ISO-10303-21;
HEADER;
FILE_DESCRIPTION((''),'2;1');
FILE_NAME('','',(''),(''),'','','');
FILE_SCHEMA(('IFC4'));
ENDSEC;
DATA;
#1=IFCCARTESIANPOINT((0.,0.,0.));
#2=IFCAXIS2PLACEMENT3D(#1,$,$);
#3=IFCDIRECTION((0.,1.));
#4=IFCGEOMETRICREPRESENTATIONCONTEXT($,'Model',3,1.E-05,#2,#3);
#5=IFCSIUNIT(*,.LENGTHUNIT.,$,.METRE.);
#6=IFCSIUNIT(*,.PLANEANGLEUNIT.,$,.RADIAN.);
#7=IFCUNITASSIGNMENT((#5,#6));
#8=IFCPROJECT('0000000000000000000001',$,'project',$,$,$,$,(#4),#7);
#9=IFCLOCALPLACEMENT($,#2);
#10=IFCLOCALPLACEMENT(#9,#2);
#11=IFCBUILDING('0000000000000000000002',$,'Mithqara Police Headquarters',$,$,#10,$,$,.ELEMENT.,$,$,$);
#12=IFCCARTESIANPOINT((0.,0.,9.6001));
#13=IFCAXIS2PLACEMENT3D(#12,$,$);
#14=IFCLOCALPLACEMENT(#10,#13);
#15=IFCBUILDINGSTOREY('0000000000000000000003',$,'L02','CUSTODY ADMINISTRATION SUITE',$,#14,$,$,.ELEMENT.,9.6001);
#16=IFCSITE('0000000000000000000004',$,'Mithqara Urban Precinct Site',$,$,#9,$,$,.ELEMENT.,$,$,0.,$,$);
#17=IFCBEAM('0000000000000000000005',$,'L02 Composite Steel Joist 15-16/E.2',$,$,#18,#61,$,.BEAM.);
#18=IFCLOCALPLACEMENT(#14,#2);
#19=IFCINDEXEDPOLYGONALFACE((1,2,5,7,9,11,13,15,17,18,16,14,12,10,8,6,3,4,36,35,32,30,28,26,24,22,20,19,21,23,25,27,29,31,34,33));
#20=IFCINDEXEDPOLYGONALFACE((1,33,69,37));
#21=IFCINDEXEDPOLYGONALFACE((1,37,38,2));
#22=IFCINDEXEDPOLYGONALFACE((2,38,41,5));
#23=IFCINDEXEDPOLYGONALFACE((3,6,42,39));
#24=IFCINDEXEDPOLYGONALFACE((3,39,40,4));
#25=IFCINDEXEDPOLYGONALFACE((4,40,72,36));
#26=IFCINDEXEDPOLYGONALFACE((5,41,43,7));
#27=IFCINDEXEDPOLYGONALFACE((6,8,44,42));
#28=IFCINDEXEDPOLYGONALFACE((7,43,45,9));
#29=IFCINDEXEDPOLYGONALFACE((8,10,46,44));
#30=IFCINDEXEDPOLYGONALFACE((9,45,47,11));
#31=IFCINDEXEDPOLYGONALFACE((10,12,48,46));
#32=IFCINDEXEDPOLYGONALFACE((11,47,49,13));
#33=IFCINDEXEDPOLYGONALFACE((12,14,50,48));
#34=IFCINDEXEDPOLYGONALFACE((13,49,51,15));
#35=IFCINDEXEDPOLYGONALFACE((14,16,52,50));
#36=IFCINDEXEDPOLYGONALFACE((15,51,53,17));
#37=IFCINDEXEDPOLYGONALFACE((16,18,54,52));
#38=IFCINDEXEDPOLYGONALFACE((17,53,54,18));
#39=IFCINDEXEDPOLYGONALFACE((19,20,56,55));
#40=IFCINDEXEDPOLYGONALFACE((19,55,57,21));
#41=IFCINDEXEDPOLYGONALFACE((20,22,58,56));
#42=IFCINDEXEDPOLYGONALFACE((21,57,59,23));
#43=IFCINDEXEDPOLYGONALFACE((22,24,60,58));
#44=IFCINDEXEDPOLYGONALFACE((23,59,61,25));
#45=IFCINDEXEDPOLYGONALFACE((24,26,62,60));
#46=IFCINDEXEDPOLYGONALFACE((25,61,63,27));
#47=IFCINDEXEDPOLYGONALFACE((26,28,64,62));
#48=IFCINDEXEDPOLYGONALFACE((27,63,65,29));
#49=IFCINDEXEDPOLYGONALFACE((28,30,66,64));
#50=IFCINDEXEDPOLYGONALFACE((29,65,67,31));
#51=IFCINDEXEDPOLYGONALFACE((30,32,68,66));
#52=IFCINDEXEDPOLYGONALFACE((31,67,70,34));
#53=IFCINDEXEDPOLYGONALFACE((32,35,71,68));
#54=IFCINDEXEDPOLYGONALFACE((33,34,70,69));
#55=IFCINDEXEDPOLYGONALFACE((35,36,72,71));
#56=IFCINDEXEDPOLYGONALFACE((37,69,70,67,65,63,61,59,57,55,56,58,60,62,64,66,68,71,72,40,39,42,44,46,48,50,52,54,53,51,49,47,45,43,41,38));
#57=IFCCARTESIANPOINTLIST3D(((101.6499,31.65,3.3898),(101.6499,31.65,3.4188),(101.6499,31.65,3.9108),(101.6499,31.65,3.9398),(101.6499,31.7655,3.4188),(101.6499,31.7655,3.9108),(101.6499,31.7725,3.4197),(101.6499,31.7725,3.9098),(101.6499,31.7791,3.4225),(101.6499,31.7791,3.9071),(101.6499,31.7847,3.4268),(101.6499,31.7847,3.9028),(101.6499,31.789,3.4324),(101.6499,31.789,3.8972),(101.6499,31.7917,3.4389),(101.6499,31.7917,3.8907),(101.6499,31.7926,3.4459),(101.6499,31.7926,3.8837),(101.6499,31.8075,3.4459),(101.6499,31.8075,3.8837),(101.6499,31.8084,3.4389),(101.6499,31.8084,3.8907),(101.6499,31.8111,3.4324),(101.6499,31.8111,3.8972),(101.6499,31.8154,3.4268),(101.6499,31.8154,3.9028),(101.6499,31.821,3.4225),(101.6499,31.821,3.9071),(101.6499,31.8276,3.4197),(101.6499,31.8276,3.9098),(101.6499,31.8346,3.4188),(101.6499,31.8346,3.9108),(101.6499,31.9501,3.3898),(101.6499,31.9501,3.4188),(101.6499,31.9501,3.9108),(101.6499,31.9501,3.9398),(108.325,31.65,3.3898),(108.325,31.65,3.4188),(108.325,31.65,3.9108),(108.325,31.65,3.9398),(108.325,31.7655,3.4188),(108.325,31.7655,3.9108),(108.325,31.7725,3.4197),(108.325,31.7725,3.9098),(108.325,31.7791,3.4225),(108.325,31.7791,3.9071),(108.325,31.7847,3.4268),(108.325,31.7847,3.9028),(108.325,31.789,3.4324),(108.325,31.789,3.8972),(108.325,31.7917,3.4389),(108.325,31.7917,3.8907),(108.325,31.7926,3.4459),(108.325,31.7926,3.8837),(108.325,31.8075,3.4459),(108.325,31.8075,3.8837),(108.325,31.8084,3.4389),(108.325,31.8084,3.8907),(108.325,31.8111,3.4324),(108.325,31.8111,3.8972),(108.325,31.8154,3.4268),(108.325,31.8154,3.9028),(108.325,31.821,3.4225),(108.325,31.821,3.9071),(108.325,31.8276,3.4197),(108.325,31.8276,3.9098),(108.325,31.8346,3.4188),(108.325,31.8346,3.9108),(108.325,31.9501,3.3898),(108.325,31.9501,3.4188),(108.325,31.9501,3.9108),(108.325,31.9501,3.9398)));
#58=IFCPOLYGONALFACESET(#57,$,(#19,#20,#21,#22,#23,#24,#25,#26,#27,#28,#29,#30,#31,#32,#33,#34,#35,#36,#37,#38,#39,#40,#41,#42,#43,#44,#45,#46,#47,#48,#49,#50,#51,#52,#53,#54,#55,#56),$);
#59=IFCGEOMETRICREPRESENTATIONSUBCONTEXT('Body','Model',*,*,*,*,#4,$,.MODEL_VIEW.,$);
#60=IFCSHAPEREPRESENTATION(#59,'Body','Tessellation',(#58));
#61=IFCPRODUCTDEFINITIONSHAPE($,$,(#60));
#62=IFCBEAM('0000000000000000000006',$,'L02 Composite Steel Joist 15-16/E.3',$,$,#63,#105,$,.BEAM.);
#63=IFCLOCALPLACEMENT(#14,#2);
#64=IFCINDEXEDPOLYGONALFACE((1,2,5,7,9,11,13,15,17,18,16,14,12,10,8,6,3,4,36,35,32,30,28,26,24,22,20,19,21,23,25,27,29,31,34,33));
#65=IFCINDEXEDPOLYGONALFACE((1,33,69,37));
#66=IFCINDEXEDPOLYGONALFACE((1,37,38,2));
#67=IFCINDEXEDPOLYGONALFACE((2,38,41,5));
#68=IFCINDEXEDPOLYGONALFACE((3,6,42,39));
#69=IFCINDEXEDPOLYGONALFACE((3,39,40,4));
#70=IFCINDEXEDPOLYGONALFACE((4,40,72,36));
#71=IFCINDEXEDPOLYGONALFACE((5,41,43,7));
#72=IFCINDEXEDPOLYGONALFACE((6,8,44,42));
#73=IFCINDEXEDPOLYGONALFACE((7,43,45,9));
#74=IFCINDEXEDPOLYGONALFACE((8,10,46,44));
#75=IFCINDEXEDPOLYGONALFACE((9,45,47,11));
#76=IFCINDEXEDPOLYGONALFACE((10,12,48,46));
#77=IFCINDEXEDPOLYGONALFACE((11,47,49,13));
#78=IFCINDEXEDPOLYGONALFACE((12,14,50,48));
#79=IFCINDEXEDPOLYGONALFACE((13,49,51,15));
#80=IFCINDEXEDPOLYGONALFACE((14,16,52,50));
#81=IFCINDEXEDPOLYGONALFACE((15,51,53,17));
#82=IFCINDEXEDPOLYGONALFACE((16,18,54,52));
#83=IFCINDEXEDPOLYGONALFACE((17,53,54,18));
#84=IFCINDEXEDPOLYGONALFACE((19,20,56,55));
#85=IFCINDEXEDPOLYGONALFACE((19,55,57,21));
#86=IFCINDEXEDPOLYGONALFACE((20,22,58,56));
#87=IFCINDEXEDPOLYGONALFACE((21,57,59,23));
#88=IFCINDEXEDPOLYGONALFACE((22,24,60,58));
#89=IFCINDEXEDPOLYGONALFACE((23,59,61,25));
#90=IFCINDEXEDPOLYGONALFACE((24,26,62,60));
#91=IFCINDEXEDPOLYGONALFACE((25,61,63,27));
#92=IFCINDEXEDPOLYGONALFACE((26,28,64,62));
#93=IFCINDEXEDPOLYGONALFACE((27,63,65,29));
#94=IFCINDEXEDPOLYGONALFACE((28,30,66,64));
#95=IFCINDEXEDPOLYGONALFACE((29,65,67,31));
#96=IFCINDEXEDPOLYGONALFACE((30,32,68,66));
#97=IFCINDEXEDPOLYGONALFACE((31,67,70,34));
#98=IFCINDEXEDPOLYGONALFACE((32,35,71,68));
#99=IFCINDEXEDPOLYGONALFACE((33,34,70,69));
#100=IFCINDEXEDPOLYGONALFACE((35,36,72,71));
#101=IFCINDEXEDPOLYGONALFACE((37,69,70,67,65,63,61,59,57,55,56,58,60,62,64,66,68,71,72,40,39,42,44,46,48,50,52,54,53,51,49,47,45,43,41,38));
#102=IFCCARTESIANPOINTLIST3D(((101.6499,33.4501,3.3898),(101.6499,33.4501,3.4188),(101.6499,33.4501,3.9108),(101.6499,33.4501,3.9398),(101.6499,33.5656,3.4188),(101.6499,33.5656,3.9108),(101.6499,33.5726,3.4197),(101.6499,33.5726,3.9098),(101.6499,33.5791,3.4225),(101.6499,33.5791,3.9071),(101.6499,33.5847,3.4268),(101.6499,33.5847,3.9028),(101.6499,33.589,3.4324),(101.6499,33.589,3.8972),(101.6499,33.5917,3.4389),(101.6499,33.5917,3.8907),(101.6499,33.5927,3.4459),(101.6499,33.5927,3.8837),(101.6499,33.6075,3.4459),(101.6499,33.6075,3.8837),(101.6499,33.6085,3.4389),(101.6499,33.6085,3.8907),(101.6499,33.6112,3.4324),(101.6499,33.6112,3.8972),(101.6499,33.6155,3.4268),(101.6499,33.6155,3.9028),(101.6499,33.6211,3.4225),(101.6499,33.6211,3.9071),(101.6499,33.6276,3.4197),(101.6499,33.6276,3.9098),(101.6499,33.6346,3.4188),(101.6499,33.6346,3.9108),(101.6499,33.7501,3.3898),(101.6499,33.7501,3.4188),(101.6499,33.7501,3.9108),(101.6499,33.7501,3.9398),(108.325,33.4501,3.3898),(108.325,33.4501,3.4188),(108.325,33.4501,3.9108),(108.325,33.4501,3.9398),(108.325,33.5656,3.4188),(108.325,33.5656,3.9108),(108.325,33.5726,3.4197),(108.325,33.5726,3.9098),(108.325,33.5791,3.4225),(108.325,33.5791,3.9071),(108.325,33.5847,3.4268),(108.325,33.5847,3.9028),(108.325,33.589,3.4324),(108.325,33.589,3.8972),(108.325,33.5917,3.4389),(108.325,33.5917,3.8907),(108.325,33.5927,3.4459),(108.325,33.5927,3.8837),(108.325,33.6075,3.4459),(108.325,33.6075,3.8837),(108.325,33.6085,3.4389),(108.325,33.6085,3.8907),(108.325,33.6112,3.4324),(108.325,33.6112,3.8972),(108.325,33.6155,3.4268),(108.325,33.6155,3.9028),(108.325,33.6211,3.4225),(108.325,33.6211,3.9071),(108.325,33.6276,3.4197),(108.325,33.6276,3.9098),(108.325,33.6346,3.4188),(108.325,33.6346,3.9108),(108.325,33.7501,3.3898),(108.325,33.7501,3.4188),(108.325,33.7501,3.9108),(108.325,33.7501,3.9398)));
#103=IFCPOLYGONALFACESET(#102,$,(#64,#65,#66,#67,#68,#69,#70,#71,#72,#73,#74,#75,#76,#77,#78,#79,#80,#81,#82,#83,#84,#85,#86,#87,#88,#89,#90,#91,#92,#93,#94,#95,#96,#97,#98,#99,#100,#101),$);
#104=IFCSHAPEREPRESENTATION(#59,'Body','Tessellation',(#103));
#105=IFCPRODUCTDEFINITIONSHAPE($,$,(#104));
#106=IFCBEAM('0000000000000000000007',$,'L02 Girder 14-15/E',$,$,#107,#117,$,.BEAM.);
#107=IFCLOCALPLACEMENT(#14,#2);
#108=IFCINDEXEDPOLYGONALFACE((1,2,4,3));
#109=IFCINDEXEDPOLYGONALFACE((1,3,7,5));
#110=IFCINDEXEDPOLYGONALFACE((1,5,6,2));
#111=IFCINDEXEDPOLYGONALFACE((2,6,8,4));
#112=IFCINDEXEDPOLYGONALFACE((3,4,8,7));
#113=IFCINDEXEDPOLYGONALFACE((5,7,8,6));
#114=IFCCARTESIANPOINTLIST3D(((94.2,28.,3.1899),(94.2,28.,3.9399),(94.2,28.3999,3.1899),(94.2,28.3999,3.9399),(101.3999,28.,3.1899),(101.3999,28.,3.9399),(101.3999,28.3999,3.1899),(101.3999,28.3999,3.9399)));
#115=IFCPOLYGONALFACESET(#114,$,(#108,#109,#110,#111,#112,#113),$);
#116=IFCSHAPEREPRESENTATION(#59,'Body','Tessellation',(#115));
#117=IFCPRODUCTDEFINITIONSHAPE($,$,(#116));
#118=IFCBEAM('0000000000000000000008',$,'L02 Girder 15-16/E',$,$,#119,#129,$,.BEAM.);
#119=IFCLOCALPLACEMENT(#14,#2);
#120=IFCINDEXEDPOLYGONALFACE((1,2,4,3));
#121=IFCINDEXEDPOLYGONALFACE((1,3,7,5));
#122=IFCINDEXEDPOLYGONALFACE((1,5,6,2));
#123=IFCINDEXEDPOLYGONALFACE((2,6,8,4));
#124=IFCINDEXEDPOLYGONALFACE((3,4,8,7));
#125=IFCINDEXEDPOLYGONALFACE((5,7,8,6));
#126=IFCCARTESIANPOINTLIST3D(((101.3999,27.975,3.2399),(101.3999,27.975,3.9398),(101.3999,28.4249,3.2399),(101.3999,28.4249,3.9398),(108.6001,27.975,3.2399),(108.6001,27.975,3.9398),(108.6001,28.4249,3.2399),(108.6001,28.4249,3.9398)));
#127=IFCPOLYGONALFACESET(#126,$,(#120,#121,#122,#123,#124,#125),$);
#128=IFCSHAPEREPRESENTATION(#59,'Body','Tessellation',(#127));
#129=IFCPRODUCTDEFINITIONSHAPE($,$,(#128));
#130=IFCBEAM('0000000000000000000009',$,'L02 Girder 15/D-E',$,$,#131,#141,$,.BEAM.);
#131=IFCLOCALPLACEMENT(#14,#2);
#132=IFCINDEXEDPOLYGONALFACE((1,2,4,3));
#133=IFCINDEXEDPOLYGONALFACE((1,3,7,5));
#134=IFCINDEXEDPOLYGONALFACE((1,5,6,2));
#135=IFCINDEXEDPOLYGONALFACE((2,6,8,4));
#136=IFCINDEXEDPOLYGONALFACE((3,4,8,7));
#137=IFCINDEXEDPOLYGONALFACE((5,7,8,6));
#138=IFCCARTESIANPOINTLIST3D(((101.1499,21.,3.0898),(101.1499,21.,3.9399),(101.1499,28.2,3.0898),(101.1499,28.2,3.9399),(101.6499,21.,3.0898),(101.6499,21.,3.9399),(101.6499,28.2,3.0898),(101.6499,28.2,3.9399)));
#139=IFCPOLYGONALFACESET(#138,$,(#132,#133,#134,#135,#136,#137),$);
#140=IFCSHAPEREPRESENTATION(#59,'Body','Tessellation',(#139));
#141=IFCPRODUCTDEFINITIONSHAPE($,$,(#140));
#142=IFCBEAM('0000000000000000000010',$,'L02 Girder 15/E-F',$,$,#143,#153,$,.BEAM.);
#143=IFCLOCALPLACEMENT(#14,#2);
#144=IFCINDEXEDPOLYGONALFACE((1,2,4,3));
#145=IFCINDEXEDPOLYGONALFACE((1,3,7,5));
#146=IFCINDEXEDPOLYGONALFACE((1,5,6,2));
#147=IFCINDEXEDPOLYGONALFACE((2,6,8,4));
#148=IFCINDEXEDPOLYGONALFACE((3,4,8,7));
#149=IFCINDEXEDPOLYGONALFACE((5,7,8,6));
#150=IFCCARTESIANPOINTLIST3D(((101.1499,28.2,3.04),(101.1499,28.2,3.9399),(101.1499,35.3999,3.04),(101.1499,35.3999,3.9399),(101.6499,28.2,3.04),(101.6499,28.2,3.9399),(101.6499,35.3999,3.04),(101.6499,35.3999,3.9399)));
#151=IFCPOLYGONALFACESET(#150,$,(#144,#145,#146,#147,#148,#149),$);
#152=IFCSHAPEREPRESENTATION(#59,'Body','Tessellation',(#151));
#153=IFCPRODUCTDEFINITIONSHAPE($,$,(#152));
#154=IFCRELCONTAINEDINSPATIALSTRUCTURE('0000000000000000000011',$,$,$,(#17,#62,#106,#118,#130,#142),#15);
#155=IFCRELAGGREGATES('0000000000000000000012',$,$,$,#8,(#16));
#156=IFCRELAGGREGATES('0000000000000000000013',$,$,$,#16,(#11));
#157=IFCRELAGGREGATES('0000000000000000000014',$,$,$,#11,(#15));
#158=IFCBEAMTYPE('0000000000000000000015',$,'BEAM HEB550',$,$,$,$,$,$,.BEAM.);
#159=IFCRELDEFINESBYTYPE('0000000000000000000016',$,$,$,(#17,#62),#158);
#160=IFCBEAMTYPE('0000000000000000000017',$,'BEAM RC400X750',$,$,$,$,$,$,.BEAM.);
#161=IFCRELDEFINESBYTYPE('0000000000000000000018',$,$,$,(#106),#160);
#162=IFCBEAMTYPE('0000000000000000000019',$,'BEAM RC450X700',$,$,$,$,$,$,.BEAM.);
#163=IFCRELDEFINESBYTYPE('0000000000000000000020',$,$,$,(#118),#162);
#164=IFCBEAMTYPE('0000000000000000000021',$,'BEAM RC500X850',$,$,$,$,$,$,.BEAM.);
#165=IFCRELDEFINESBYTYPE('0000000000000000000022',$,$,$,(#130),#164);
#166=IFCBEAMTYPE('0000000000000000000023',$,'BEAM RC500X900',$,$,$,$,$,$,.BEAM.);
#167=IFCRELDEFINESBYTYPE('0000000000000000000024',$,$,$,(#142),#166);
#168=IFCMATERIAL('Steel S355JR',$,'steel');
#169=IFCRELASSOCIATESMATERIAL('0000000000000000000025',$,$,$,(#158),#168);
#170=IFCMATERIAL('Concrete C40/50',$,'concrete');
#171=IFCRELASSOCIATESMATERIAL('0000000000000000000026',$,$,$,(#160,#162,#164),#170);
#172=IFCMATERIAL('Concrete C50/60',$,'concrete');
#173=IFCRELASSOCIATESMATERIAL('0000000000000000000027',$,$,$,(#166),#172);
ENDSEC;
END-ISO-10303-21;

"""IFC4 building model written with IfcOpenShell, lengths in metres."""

from ifc_helpers import new_model, si_unit, direction, frame, origin, origin_2d, place, context, subcontext, project, spatial, rectangle, i_section, extrude, material, material_profile, profile_set, type_object, element, save


model = new_model("IFC4")

# Units and contexts
model_context = context("Model", 3, precision=1e-05, world=origin(), true_north=direction((0.0, 1.0)))
body_context = subcontext(model_context, "Body", "Model", "MODEL_VIEW")
ifc_project = project(units=[si_unit("LENGTHUNIT", "METRE"), si_unit("PLANEANGLEUNIT", "RADIAN")], contexts=[model_context])

# Site, building, storey
site_placement = place(None, origin())
site = spatial("IfcSite", under=ifc_project, at=site_placement, Name="Mithqara Urban Precinct Site", CompositionType="ELEMENT", RefElevation=0.0)
building_placement = place(site_placement, origin())
building = spatial("IfcBuilding", under=site, at=building_placement, Name="Mithqara Police Headquarters", CompositionType="ELEMENT")
storey_placement = place(building_placement, frame((0.0, 0.0, 9.6001)))
storey = spatial("IfcBuildingStorey", under=building, at=storey_placement, Name="L02", Description="CUSTODY ADMINISTRATION SUITE", CompositionType="ELEMENT", Elevation=9.6001)

# Shared definitions
ifc_material_1 = material(Name="Concrete C50/60", Category="concrete")

# Beams
ifc_material_2 = material(Name="Steel S355JR", Category="steel")
ifc_material_profile_1 = material_profile(ifc_material_2, i_section(OverallWidth=0.3, OverallDepth=0.55, WebThickness=0.0149, FlangeThickness=0.0291, FilletRadius=0.0271, at=origin_2d()), Name="HEB 550")
ifc_profile_set_1 = profile_set([ifc_material_profile_1], Name="Steel S355JR")
beam_type_1 = type_object("IfcBeamType", Name="BEAM HEB550", PredefinedType="BEAM", material=ifc_profile_set_1)
for number, where, z_axis, x_axis, name in (
    (1, (101.6499, 31.8, 3.6648), (1.0, 0.0, 0.0), (0.0, 1.0, 0.0), "L02 Composite Steel Joist 15-16/E.2"),
    (2, (101.6499, 33.6001, 3.6648), (1.0, 0.0, 0.0), (0.0, 1.0, 0.0), "L02 Composite Steel Joist 15-16/E.3"),
):
    element("IfcBeam", number, at=place(storey_placement, frame(where, z_axis=z_axis, x_axis=x_axis)), inside=storey, type_object=beam_type_1, Name=name, PredefinedType="BEAM", context=body_context, shape_type="SweptSolid", body=[
        extrude(i_section(OverallWidth=0.3, OverallDepth=0.55, WebThickness=0.0149, FlangeThickness=0.0291, FilletRadius=0.0271, at=origin_2d()), origin(), (0.0, 0.0, 1.0), 6.675),
    ])
ifc_material_3 = material(Name="Concrete C40/50", Category="concrete")
ifc_material_profile_2 = material_profile(ifc_material_3, rectangle(XDim=0.3999, YDim=0.75, at=origin_2d()), Name="RC 400x750")
ifc_profile_set_2 = profile_set([ifc_material_profile_2], Name="Concrete C40/50")
beam_type_2 = type_object("IfcBeamType", Name="BEAM RC400X750", PredefinedType="BEAM", material=ifc_profile_set_2)
beam_1_placement = place(storey_placement, frame((94.2, 28.2, 3.5649), z_axis=(1.0, 0.0, 0.0), x_axis=(0.0, 1.0, 0.0)))
element("IfcBeam", 3, at=beam_1_placement, inside=storey, type_object=beam_type_2, Name="L02 Girder 14-15/E", PredefinedType="BEAM", context=body_context, shape_type="SweptSolid", body=[
    extrude(rectangle(XDim=0.3999, YDim=0.75, at=origin_2d()), origin(), (0.0, 0.0, 1.0), 7.2),
])
ifc_material_profile_3 = material_profile(ifc_material_3, rectangle(XDim=0.45, YDim=0.7, at=origin_2d()), Name="RC 450x700")
ifc_profile_set_3 = profile_set([ifc_material_profile_3], Name="Concrete C40/50")
beam_type_3 = type_object("IfcBeamType", Name="BEAM RC450X700", PredefinedType="BEAM", material=ifc_profile_set_3)
beam_2_placement = place(storey_placement, frame((101.3999, 28.2, 3.5898), z_axis=(1.0, 0.0, 0.0), x_axis=(0.0, 1.0, 0.0)))
element("IfcBeam", 4, at=beam_2_placement, inside=storey, type_object=beam_type_3, Name="L02 Girder 15-16/E", PredefinedType="BEAM", context=body_context, shape_type="SweptSolid", body=[
    extrude(rectangle(XDim=0.45, YDim=0.7, at=origin_2d()), origin(), (0.0, 0.0, 1.0), 7.2002),
])
ifc_material_profile_4 = material_profile(ifc_material_3, rectangle(XDim=0.5, YDim=0.8501, at=origin_2d()), Name="RC 500x850")
ifc_profile_set_4 = profile_set([ifc_material_profile_4], Name="Concrete C40/50")
beam_type_4 = type_object("IfcBeamType", Name="BEAM RC500X850", PredefinedType="BEAM", material=ifc_profile_set_4)
beam_3_placement = place(storey_placement, frame((101.3999, 21.0, 3.5149), z_axis=(0.0, 1.0, 0.0), x_axis=(-1.0, 0.0, 0.0)))
element("IfcBeam", 5, at=beam_3_placement, inside=storey, type_object=beam_type_4, Name="L02 Girder 15/D-E", PredefinedType="BEAM", context=body_context, shape_type="SweptSolid", body=[
    extrude(rectangle(XDim=0.5, YDim=0.8501, at=origin_2d()), origin(), (0.0, 0.0, 1.0), 7.2),
])
ifc_material_profile_5 = material_profile(ifc_material_1, rectangle(XDim=0.5, YDim=0.8999, at=origin_2d()), Name="RC 500x900")
ifc_profile_set_5 = profile_set([ifc_material_profile_5], Name="Concrete C50/60")
beam_type_5 = type_object("IfcBeamType", Name="BEAM RC500X900", PredefinedType="BEAM", material=ifc_profile_set_5)
beam_4_placement = place(storey_placement, frame((101.3999, 28.2, 3.49), z_axis=(0.0, 1.0, 0.0), x_axis=(-1.0, 0.0, 0.0)))
element("IfcBeam", 6, at=beam_4_placement, inside=storey, type_object=beam_type_5, Name="L02 Girder 15/E-F", PredefinedType="BEAM", context=body_context, shape_type="SweptSolid", body=[
    extrude(rectangle(XDim=0.5, YDim=0.8999, at=origin_2d()), origin(), (0.0, 0.0, 1.0), 7.2),
])

save(model, "model.ifc")
